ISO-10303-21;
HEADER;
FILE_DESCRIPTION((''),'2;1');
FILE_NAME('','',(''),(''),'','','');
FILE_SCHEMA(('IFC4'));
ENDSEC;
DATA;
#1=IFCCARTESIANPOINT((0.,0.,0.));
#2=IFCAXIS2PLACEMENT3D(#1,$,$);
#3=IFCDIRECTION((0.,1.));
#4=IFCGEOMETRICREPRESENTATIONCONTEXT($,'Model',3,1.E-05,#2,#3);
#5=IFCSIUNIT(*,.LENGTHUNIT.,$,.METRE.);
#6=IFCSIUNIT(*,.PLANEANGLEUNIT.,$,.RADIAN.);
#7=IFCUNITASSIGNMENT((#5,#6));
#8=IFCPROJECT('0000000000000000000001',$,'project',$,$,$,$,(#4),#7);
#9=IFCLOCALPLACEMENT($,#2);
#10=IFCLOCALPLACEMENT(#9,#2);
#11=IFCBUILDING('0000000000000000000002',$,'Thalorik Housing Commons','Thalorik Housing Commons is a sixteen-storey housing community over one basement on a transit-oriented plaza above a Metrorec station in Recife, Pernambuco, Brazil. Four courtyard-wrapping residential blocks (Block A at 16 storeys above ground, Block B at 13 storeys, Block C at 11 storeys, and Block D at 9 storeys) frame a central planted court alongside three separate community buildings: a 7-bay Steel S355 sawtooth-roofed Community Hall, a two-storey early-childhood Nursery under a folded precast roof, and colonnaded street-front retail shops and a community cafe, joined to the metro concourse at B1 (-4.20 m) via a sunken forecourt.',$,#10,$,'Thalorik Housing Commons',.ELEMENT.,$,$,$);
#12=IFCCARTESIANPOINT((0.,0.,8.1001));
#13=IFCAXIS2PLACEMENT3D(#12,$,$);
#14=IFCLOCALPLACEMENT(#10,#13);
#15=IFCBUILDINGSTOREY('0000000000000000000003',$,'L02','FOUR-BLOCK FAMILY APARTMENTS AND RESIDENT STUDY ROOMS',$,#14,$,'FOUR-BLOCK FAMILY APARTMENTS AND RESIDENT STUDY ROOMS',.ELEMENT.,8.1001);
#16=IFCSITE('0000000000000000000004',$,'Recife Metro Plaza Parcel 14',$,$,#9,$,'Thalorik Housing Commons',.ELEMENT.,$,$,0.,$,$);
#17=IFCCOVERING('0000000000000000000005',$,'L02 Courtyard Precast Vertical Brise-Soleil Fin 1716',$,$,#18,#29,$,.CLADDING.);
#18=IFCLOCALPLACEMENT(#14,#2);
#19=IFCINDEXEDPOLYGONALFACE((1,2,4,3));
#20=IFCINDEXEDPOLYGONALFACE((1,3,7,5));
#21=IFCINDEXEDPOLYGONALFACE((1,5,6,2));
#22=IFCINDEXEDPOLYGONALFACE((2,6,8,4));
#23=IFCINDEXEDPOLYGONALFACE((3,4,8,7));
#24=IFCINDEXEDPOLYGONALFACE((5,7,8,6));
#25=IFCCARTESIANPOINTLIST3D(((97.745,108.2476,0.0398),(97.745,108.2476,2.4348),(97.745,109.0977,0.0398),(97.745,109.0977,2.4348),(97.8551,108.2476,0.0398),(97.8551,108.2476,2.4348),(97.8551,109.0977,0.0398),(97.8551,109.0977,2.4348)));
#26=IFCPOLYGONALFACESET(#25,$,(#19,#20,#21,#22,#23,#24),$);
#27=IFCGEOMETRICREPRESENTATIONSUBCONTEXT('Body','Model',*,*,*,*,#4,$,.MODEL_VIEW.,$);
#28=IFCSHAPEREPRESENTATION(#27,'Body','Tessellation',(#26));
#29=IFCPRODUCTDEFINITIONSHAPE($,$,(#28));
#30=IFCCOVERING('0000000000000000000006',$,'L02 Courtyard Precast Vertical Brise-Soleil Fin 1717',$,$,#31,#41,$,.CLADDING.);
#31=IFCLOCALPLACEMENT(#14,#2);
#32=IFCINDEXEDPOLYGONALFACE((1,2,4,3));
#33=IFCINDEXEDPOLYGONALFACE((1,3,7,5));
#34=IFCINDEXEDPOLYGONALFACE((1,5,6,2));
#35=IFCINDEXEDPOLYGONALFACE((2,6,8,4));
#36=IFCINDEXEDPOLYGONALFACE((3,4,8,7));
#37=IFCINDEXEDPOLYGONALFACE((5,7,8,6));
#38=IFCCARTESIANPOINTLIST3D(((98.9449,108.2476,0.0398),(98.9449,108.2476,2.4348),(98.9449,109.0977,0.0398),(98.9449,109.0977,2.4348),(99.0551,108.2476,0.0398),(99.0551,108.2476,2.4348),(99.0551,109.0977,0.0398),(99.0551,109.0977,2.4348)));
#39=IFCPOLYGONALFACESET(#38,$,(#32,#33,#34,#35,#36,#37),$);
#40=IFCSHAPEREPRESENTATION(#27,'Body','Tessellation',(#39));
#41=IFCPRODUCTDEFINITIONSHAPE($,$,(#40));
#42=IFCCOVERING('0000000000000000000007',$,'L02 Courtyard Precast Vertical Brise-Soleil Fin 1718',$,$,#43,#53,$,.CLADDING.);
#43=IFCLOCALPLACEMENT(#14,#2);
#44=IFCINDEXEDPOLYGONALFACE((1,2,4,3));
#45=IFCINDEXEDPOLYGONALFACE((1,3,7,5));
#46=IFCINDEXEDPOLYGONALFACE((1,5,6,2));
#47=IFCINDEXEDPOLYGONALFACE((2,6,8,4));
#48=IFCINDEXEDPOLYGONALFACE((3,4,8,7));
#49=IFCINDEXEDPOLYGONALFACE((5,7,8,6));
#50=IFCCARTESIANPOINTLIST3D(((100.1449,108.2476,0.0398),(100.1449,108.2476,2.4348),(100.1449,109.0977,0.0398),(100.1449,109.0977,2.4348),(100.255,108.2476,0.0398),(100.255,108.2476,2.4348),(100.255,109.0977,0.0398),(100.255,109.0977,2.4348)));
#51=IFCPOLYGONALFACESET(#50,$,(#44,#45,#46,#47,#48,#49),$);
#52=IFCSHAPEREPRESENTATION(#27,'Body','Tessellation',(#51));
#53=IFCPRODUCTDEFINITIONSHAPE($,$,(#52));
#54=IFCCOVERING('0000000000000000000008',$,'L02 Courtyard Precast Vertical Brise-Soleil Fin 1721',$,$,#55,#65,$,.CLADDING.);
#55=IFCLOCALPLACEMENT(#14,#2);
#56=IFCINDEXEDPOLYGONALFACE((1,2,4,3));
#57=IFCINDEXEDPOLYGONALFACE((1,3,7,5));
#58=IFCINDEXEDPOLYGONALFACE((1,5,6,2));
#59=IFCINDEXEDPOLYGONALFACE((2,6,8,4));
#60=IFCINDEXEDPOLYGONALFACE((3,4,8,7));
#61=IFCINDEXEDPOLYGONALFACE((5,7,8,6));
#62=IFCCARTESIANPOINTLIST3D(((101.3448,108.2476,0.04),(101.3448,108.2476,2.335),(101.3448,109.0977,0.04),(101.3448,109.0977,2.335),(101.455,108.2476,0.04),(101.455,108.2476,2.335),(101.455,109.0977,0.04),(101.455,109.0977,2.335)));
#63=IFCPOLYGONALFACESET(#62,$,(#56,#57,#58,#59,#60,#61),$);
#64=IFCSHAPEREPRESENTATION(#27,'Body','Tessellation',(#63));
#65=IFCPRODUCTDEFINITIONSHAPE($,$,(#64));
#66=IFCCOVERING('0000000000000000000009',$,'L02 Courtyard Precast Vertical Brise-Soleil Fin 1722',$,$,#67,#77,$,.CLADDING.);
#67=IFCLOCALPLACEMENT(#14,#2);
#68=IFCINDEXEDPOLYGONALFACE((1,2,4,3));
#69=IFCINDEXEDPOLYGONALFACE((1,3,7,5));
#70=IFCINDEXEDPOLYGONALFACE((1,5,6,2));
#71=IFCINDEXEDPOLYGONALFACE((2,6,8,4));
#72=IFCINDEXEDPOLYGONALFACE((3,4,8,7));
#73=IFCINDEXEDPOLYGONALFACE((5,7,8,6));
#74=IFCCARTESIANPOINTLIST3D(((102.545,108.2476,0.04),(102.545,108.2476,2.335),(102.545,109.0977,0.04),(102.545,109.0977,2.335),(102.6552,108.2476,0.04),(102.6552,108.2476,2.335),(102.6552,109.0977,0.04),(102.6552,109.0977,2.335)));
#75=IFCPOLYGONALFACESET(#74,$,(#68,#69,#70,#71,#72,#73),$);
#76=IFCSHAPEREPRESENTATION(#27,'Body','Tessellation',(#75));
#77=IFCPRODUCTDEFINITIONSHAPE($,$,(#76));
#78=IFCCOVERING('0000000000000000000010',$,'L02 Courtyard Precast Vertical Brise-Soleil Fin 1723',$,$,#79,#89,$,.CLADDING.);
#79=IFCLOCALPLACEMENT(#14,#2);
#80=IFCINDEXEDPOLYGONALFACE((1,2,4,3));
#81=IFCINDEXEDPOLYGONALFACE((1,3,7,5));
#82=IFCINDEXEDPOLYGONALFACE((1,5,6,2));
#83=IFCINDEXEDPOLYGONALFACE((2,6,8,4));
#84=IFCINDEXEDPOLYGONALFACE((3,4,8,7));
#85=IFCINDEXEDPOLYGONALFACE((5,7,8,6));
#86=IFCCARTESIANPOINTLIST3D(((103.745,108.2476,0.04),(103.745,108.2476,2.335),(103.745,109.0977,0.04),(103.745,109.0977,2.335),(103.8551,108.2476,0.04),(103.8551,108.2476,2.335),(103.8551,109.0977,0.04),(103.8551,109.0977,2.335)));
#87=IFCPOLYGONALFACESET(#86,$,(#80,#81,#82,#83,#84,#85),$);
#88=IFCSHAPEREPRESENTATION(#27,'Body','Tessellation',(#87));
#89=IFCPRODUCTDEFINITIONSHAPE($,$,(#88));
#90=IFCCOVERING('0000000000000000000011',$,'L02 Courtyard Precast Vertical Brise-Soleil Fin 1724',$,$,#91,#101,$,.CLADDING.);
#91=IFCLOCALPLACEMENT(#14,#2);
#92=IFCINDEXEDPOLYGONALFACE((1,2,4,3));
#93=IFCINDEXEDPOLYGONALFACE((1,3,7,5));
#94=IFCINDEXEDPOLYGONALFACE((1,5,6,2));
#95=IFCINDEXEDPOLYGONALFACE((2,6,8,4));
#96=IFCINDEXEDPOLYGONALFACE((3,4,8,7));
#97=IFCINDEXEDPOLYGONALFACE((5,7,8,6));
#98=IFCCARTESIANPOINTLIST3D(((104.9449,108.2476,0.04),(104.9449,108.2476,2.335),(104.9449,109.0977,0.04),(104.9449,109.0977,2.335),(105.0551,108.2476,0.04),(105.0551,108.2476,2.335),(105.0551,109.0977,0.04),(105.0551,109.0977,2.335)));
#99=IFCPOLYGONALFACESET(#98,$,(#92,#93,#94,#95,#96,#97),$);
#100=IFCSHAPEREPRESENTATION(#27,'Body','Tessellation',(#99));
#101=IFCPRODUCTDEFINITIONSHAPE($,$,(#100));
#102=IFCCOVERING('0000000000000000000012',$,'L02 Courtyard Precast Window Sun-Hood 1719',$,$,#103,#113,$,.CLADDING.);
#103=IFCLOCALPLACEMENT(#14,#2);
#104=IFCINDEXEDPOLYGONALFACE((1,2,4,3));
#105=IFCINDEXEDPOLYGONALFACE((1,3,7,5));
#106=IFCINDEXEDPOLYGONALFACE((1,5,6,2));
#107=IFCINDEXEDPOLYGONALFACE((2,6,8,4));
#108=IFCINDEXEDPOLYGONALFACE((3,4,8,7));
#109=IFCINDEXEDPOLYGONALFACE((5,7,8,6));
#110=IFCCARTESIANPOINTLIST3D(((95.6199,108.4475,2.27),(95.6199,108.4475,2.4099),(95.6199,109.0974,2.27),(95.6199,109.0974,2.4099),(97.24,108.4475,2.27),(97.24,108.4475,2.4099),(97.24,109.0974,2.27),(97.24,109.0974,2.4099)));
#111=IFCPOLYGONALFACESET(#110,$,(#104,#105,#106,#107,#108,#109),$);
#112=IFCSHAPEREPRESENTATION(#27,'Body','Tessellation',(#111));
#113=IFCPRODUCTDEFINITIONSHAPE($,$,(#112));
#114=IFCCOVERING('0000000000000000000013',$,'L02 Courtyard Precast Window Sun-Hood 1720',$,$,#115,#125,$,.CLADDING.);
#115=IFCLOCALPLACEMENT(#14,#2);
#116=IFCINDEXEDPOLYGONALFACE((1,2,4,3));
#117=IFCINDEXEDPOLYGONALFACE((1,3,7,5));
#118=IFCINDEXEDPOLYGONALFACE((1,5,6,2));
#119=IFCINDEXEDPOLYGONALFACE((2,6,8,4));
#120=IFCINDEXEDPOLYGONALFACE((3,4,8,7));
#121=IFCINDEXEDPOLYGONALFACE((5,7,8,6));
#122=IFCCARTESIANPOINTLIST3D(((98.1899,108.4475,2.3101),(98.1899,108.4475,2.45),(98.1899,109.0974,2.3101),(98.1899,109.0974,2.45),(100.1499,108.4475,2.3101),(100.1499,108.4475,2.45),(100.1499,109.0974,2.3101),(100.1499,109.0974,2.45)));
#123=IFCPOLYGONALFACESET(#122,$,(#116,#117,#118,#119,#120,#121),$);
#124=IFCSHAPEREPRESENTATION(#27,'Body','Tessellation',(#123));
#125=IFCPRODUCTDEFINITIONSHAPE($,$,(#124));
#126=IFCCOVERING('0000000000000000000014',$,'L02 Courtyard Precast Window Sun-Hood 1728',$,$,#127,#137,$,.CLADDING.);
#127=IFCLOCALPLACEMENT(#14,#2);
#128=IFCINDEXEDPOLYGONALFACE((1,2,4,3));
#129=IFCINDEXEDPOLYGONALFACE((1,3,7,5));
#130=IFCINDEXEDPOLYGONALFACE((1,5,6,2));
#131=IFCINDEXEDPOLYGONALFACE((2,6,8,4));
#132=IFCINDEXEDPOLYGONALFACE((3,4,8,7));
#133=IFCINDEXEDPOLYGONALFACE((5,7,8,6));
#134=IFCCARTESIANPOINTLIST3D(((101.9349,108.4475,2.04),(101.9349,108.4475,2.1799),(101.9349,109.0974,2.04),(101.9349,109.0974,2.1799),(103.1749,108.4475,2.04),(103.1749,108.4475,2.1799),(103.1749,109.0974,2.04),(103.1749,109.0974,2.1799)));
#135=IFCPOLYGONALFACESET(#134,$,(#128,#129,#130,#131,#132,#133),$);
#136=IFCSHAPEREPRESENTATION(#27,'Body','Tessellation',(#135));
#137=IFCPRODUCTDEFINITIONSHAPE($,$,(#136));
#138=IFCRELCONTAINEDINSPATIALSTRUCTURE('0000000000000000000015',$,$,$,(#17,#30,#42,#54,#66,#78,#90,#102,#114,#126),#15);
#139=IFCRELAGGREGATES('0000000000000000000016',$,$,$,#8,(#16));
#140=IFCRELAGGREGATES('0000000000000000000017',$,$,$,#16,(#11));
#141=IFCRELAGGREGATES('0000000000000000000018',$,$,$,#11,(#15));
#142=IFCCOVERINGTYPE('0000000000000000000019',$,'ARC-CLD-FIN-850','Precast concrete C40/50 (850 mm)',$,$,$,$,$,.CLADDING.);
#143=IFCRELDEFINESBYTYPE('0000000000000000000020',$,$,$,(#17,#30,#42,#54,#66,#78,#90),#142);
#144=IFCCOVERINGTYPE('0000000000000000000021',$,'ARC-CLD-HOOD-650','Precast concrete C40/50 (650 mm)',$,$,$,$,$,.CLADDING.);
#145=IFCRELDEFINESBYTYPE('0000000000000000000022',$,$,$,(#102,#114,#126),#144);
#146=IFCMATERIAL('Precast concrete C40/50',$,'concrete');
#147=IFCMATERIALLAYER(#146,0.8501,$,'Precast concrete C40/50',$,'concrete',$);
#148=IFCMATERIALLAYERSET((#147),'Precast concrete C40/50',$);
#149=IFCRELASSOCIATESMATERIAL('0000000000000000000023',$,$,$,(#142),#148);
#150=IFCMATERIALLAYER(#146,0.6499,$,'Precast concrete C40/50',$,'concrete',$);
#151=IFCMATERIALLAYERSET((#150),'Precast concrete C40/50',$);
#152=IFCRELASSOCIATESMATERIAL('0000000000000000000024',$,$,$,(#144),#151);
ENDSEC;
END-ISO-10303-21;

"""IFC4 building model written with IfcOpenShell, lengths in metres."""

from ifc_helpers import new_model, si_unit, direction, frame, origin, origin_2d, place, context, subcontext, project, spatial, rectangle, extrude, material, layer, layer_set, type_object, element, save


model = new_model("IFC4")

# Units and contexts
model_context = context("Model", 3, precision=1e-05, world=origin(), true_north=direction((0.0, 1.0)))
body_context = subcontext(model_context, "Body", "Model", "MODEL_VIEW")
ifc_project = project(units=[si_unit("LENGTHUNIT", "METRE"), si_unit("PLANEANGLEUNIT", "RADIAN")], contexts=[model_context])

# Site, building, storey
site_placement = place(None, origin())
site = spatial("IfcSite", under=ifc_project, at=site_placement, Name="Recife Metro Plaza Parcel 14", LongName="Thalorik Housing Commons", CompositionType="ELEMENT", RefElevation=0.0)
building_placement = place(site_placement, origin())
building = spatial("IfcBuilding", under=site, at=building_placement, Name="Thalorik Housing Commons", Description="Thalorik Housing Commons is a sixteen-storey housing community over one basement on a transit-oriented plaza above a Metrorec station in Recife, Pernambuco, Brazil. Four courtyard-wrapping residential blocks (Block A at 16 storeys above ground, Block B at 13 storeys, Block C at 11 storeys, and Block D at 9 storeys) frame a central planted court alongside three separate community buildings: a 7-bay Steel S355 sawtooth-roofed Community Hall, a two-storey early-childhood Nursery under a folded precast roof, and colonnaded street-front retail shops and a community cafe, joined to the metro concourse at B1 (-4.20 m) via a sunken forecourt.", LongName="Thalorik Housing Commons", CompositionType="ELEMENT")
storey_placement = place(building_placement, frame((0.0, 0.0, 8.1001)))
storey = spatial("IfcBuildingStorey", under=building, at=storey_placement, Name="L02", Description="FOUR-BLOCK FAMILY APARTMENTS AND RESIDENT STUDY ROOMS", LongName="FOUR-BLOCK FAMILY APARTMENTS AND RESIDENT STUDY ROOMS", CompositionType="ELEMENT", Elevation=8.1001)

# Shared definitions
ifc_material_1 = material(Name="Precast concrete C40/50", Category="concrete")

# Coverings
ifc_layer_1 = layer(ifc_material_1, 0.8501, Name="Precast concrete C40/50", Category="concrete")
ifc_layer_set_1 = layer_set([ifc_layer_1], Name="Precast concrete C40/50")
covering_type_1 = type_object("IfcCoveringType", Name="ARC-CLD-FIN-850", Description="Precast concrete C40/50 (850 mm)", PredefinedType="CLADDING", material=ifc_layer_set_1)
for number, where, z_axis, x_axis, name in (
    (1, (97.8, 108.6726, 0.0398), (0.0, 0.0, 1.0), (1.0, 0.0, 0.0), "L02 Courtyard Precast Vertical Brise-Soleil Fin 1716"),
    (2, (99.0, 108.6726, 0.0398), (0.0, 0.0, 1.0), (1.0, 0.0, 0.0), "L02 Courtyard Precast Vertical Brise-Soleil Fin 1717"),
    (3, (100.2, 108.6726, 0.0398), (0.0, 0.0, 1.0), (1.0, 0.0, 0.0), "L02 Courtyard Precast Vertical Brise-Soleil Fin 1718"),
):
    element("IfcCovering", number, at=place(storey_placement, frame(where, z_axis=z_axis, x_axis=x_axis)), inside=storey, type_object=covering_type_1, Name=name, PredefinedType="CLADDING", context=body_context, shape_type="SweptSolid", body=[
        extrude(rectangle(XDim=0.1101, YDim=0.8501, at=origin_2d()), origin(), (0.0, 0.0, 1.0), 2.395),
    ])
for number, where, z_axis, x_axis, name in (
    (4, (101.3999, 108.6726, 0.04), (0.0, 0.0, 1.0), (1.0, 0.0, 0.0), "L02 Courtyard Precast Vertical Brise-Soleil Fin 1721"),
    (5, (102.6001, 108.6726, 0.04), (0.0, 0.0, 1.0), (1.0, 0.0, 0.0), "L02 Courtyard Precast Vertical Brise-Soleil Fin 1722"),
    (6, (103.8, 108.6726, 0.04), (0.0, 0.0, 1.0), (1.0, 0.0, 0.0), "L02 Courtyard Precast Vertical Brise-Soleil Fin 1723"),
    (7, (105.0, 108.6726, 0.04), (0.0, 0.0, 1.0), (1.0, 0.0, 0.0), "L02 Courtyard Precast Vertical Brise-Soleil Fin 1724"),
):
    element("IfcCovering", number, at=place(storey_placement, frame(where, z_axis=z_axis, x_axis=x_axis)), inside=storey, type_object=covering_type_1, Name=name, PredefinedType="CLADDING", context=body_context, shape_type="SweptSolid", body=[
        extrude(rectangle(XDim=0.1101, YDim=0.8501, at=origin_2d()), origin(), (0.0, 0.0, 1.0), 2.2949),
    ])
ifc_layer_2 = layer(ifc_material_1, 0.6499, Name="Precast concrete C40/50", Category="concrete")
ifc_layer_set_2 = layer_set([ifc_layer_2], Name="Precast concrete C40/50")
covering_type_2 = type_object("IfcCoveringType", Name="ARC-CLD-HOOD-650", Description="Precast concrete C40/50 (650 mm)", PredefinedType="CLADDING", material=ifc_layer_set_2)
covering_1_placement = place(storey_placement, frame((96.4299, 108.7725, 2.27), z_axis=(0.0, 0.0, 1.0), x_axis=(1.0, 0.0, 0.0)))
element("IfcCovering", 8, at=covering_1_placement, inside=storey, type_object=covering_type_2, Name="L02 Courtyard Precast Window Sun-Hood 1719", PredefinedType="CLADDING", context=body_context, shape_type="SweptSolid", body=[
    extrude(rectangle(XDim=1.6201, YDim=0.6499, at=origin_2d()), origin(), (0.0, 0.0, 1.0), 0.1399),
])
covering_2_placement = place(storey_placement, frame((99.1699, 108.7725, 2.3101), z_axis=(0.0, 0.0, 1.0), x_axis=(1.0, 0.0, 0.0)))
element("IfcCovering", 9, at=covering_2_placement, inside=storey, type_object=covering_type_2, Name="L02 Courtyard Precast Window Sun-Hood 1720", PredefinedType="CLADDING", context=body_context, shape_type="SweptSolid", body=[
    extrude(rectangle(XDim=1.96, YDim=0.6499, at=origin_2d()), origin(), (0.0, 0.0, 1.0), 0.1399),
])
covering_3_placement = place(storey_placement, frame((102.5549, 108.7725, 2.04), z_axis=(0.0, 0.0, 1.0), x_axis=(1.0, 0.0, 0.0)))
element("IfcCovering", 10, at=covering_3_placement, inside=storey, type_object=covering_type_2, Name="L02 Courtyard Precast Window Sun-Hood 1728", PredefinedType="CLADDING", context=body_context, shape_type="SweptSolid", body=[
    extrude(rectangle(XDim=1.24, YDim=0.6499, at=origin_2d()), origin(), (0.0, 0.0, 1.0), 0.1399),
])

save(model, "model.ifc")
